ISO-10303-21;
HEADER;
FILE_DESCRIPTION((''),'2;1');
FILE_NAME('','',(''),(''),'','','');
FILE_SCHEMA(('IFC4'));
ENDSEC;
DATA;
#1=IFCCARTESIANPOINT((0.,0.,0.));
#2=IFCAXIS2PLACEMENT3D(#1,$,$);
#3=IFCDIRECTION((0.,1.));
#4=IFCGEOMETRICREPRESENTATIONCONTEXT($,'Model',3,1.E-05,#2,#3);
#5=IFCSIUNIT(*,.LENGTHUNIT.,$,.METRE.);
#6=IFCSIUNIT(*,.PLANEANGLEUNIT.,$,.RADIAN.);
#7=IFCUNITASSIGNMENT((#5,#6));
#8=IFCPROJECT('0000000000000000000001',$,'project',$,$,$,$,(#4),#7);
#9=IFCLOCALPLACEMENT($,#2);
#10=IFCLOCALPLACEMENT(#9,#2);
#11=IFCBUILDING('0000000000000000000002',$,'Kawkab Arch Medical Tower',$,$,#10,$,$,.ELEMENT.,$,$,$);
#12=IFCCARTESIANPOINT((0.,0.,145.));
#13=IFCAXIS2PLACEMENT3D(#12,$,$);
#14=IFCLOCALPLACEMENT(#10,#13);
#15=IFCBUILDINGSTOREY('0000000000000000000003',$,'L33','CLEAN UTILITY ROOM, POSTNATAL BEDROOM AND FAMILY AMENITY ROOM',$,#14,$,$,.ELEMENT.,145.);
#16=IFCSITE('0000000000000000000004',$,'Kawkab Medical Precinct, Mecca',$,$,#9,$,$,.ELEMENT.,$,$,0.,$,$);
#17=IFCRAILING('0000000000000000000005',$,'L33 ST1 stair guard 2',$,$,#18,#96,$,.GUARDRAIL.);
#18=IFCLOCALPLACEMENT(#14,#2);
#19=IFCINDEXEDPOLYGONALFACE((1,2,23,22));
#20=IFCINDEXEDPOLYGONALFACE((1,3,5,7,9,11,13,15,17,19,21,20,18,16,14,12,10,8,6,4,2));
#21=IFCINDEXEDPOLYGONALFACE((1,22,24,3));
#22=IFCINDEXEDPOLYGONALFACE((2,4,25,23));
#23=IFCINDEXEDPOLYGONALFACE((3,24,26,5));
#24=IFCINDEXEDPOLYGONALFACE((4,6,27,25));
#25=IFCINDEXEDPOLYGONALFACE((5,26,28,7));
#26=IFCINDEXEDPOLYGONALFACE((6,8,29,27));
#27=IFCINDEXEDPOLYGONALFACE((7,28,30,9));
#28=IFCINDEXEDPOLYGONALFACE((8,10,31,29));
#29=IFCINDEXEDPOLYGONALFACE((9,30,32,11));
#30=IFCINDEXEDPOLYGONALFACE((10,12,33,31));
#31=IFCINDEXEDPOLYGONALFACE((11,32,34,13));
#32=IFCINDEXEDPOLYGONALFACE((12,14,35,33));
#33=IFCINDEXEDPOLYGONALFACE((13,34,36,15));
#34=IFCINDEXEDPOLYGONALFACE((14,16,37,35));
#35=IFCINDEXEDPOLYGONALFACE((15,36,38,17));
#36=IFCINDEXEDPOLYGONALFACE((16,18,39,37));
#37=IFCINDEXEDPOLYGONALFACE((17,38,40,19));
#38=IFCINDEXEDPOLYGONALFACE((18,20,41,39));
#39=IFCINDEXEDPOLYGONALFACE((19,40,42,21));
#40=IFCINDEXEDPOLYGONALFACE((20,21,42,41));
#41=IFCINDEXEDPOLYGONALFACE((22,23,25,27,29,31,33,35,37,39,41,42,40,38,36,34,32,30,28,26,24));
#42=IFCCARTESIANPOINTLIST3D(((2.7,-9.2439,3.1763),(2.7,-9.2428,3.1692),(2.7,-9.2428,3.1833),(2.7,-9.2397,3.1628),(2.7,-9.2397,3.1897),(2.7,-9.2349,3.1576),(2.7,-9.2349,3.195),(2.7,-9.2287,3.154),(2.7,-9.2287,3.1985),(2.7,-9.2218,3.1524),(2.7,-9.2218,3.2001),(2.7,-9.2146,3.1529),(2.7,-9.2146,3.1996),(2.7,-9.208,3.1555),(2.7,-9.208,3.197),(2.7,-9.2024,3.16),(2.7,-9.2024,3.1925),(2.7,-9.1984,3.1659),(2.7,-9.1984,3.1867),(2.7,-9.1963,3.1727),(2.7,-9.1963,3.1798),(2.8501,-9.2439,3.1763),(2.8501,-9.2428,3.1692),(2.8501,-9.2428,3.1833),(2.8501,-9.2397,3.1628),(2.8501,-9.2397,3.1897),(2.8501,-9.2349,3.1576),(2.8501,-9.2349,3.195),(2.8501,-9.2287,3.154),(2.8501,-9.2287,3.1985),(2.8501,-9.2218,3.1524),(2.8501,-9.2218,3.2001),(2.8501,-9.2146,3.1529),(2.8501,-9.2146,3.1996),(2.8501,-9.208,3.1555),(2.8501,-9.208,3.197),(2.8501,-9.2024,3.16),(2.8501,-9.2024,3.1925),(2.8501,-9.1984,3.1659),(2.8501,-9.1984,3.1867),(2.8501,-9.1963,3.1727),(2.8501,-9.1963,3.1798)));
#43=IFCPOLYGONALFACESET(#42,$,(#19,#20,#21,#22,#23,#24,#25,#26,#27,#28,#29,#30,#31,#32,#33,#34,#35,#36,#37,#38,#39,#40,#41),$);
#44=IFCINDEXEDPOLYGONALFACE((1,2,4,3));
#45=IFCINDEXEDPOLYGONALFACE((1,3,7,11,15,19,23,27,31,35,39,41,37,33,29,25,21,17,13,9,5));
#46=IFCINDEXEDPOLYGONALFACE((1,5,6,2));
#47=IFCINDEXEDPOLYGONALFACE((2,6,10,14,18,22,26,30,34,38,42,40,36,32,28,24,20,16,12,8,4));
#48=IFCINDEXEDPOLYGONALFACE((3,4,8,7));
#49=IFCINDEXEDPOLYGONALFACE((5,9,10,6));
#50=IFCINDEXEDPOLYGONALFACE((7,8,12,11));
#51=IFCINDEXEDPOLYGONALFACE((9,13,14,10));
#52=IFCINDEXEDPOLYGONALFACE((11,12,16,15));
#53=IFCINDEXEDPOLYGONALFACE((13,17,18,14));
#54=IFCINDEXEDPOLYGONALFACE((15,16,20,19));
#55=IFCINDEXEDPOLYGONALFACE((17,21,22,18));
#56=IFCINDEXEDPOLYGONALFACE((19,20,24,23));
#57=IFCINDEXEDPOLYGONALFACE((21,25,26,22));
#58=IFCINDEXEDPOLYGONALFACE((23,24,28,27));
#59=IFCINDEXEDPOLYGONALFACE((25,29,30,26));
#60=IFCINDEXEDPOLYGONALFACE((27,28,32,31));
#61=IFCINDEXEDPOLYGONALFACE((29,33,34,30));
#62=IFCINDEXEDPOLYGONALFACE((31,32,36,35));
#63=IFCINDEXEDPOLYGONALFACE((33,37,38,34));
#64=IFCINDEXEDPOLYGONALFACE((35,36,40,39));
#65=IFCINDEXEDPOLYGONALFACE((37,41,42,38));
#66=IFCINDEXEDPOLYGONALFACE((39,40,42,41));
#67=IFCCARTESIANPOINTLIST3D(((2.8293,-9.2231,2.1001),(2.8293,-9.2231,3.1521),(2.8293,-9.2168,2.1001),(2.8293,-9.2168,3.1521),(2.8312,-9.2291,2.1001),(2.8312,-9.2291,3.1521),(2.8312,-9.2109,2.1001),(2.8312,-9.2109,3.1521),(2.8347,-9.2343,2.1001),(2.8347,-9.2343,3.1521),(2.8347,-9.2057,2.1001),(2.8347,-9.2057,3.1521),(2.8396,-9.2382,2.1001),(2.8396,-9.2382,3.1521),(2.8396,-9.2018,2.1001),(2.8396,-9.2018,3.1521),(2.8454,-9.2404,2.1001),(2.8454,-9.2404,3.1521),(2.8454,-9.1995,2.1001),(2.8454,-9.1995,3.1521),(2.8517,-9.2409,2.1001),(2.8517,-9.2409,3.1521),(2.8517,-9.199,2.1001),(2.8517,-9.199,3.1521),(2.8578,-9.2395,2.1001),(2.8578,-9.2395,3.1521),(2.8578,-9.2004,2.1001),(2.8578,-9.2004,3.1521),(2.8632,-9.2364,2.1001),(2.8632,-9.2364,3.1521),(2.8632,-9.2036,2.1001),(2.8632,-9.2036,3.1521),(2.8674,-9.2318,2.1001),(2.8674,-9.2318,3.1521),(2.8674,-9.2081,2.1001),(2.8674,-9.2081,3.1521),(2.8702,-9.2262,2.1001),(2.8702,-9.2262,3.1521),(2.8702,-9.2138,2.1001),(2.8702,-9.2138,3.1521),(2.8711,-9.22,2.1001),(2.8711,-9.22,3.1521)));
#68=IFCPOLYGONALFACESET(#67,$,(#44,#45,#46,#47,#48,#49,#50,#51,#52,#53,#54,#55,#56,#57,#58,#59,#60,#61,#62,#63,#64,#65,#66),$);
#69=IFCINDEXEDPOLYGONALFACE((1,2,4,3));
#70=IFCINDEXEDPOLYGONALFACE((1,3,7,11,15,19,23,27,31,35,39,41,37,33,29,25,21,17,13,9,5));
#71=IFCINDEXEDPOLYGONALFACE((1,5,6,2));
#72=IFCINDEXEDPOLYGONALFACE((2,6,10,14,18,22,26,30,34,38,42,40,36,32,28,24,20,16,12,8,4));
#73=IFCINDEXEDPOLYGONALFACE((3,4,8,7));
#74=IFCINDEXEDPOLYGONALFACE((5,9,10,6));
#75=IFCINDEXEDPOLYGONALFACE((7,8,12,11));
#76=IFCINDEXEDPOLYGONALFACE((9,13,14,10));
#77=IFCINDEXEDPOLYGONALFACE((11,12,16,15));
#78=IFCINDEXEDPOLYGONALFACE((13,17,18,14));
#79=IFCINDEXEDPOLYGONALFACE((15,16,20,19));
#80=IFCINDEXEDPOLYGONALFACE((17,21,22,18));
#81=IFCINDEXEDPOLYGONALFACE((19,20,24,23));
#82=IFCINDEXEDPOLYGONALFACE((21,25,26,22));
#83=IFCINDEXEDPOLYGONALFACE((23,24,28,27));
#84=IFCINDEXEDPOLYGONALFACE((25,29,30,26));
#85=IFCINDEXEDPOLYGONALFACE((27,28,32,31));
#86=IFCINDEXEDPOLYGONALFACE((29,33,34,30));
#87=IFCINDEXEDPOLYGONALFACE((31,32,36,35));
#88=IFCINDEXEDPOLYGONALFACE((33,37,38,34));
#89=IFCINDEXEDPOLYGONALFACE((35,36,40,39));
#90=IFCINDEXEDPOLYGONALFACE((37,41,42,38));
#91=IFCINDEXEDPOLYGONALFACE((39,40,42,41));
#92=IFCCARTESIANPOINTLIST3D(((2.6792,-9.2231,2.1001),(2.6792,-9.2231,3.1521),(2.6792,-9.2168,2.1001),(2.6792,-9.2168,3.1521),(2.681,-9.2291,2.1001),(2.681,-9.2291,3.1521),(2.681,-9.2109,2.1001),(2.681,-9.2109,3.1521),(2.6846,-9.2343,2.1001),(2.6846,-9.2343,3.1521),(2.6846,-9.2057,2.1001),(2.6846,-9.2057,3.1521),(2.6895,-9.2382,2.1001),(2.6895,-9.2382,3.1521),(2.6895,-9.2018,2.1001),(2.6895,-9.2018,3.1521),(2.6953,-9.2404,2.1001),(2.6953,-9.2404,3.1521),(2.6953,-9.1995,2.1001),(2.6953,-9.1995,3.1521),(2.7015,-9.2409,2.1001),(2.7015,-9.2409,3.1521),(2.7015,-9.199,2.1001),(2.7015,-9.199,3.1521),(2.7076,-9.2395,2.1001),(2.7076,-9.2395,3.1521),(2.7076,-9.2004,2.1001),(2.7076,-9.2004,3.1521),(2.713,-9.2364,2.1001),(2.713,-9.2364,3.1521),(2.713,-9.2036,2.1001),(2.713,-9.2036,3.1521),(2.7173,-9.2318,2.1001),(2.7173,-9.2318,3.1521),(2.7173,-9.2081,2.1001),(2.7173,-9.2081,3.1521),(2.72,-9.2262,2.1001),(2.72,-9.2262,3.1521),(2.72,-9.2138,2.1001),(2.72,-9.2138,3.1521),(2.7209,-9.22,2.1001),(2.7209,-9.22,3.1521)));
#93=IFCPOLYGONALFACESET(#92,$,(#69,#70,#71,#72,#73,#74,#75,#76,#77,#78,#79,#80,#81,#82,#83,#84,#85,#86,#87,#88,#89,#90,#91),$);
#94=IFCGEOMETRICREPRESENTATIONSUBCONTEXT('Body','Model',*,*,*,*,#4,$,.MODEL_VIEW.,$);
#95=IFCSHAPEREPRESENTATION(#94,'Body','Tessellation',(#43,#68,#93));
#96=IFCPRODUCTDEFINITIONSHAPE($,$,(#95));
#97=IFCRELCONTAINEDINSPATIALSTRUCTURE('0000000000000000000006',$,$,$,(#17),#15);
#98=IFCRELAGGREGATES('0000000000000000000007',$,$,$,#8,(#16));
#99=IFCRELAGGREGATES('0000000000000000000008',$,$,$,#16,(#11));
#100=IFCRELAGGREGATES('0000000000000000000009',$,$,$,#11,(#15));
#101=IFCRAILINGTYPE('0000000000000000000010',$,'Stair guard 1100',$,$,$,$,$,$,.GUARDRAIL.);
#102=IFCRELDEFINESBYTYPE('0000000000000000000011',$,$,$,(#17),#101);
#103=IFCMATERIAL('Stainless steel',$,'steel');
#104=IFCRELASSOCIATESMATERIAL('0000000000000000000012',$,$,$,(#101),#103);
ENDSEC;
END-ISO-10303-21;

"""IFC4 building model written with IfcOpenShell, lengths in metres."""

from ifc_helpers import new_model, si_unit, direction, frame, origin, origin_2d, place, context, subcontext, project, spatial, circle, extrude, material, type_object, element, save


model = new_model("IFC4")

# Units and contexts
model_context = context("Model", 3, precision=1e-05, world=origin(), true_north=direction((0.0, 1.0)))
body_context = subcontext(model_context, "Body", "Model", "MODEL_VIEW")
ifc_project = project(units=[si_unit("LENGTHUNIT", "METRE"), si_unit("PLANEANGLEUNIT", "RADIAN")], contexts=[model_context])

# Site, building, storey
site_placement = place(None, origin())
site = spatial("IfcSite", under=ifc_project, at=site_placement, Name="Kawkab Medical Precinct, Mecca", CompositionType="ELEMENT", RefElevation=0.0)
building_placement = place(site_placement, origin())
building = spatial("IfcBuilding", under=site, at=building_placement, Name="Kawkab Arch Medical Tower", CompositionType="ELEMENT")
storey_placement = place(building_placement, frame((0.0, 0.0, 145.0)))
storey = spatial("IfcBuildingStorey", under=building, at=storey_placement, Name="L33", Description="CLEAN UTILITY ROOM, POSTNATAL BEDROOM AND FAMILY AMENITY ROOM", CompositionType="ELEMENT", Elevation=145.0)

# Railing
ifc_material_1 = material(Name="Stainless steel", Category="steel")
railing_type_1 = type_object("IfcRailingType", Name="Stair guard 1100", PredefinedType="GUARDRAIL", material=ifc_material_1)
railing_1_placement = place(storey_placement, frame((2.8501, -9.22, 2.1001)))
element("IfcRailing", 1, at=railing_1_placement, inside=storey, type_object=railing_type_1, Name="L33 ST1 stair guard 2", PredefinedType="GUARDRAIL", context=body_context, shape_type="SweptSolid", body=[
    extrude(circle(Radius=0.0239, at=origin_2d()), frame((0.0, 0.0, 1.0762), z_axis=(-1.0, 0.0, 0.0), x_axis=(0.0, -1.0, 0.0)), (0.0, 0.0, 1.0), 0.1501),
    extrude(circle(Radius=0.021, at=origin_2d()), origin(), (0.0, 0.0, 1.0), 1.052),
    extrude(circle(Radius=0.021, at=origin_2d()), frame((-0.1501, 0.0, 0.0)), (0.0, 0.0, 1.0), 1.052),
])

save(model, "model.ifc")
